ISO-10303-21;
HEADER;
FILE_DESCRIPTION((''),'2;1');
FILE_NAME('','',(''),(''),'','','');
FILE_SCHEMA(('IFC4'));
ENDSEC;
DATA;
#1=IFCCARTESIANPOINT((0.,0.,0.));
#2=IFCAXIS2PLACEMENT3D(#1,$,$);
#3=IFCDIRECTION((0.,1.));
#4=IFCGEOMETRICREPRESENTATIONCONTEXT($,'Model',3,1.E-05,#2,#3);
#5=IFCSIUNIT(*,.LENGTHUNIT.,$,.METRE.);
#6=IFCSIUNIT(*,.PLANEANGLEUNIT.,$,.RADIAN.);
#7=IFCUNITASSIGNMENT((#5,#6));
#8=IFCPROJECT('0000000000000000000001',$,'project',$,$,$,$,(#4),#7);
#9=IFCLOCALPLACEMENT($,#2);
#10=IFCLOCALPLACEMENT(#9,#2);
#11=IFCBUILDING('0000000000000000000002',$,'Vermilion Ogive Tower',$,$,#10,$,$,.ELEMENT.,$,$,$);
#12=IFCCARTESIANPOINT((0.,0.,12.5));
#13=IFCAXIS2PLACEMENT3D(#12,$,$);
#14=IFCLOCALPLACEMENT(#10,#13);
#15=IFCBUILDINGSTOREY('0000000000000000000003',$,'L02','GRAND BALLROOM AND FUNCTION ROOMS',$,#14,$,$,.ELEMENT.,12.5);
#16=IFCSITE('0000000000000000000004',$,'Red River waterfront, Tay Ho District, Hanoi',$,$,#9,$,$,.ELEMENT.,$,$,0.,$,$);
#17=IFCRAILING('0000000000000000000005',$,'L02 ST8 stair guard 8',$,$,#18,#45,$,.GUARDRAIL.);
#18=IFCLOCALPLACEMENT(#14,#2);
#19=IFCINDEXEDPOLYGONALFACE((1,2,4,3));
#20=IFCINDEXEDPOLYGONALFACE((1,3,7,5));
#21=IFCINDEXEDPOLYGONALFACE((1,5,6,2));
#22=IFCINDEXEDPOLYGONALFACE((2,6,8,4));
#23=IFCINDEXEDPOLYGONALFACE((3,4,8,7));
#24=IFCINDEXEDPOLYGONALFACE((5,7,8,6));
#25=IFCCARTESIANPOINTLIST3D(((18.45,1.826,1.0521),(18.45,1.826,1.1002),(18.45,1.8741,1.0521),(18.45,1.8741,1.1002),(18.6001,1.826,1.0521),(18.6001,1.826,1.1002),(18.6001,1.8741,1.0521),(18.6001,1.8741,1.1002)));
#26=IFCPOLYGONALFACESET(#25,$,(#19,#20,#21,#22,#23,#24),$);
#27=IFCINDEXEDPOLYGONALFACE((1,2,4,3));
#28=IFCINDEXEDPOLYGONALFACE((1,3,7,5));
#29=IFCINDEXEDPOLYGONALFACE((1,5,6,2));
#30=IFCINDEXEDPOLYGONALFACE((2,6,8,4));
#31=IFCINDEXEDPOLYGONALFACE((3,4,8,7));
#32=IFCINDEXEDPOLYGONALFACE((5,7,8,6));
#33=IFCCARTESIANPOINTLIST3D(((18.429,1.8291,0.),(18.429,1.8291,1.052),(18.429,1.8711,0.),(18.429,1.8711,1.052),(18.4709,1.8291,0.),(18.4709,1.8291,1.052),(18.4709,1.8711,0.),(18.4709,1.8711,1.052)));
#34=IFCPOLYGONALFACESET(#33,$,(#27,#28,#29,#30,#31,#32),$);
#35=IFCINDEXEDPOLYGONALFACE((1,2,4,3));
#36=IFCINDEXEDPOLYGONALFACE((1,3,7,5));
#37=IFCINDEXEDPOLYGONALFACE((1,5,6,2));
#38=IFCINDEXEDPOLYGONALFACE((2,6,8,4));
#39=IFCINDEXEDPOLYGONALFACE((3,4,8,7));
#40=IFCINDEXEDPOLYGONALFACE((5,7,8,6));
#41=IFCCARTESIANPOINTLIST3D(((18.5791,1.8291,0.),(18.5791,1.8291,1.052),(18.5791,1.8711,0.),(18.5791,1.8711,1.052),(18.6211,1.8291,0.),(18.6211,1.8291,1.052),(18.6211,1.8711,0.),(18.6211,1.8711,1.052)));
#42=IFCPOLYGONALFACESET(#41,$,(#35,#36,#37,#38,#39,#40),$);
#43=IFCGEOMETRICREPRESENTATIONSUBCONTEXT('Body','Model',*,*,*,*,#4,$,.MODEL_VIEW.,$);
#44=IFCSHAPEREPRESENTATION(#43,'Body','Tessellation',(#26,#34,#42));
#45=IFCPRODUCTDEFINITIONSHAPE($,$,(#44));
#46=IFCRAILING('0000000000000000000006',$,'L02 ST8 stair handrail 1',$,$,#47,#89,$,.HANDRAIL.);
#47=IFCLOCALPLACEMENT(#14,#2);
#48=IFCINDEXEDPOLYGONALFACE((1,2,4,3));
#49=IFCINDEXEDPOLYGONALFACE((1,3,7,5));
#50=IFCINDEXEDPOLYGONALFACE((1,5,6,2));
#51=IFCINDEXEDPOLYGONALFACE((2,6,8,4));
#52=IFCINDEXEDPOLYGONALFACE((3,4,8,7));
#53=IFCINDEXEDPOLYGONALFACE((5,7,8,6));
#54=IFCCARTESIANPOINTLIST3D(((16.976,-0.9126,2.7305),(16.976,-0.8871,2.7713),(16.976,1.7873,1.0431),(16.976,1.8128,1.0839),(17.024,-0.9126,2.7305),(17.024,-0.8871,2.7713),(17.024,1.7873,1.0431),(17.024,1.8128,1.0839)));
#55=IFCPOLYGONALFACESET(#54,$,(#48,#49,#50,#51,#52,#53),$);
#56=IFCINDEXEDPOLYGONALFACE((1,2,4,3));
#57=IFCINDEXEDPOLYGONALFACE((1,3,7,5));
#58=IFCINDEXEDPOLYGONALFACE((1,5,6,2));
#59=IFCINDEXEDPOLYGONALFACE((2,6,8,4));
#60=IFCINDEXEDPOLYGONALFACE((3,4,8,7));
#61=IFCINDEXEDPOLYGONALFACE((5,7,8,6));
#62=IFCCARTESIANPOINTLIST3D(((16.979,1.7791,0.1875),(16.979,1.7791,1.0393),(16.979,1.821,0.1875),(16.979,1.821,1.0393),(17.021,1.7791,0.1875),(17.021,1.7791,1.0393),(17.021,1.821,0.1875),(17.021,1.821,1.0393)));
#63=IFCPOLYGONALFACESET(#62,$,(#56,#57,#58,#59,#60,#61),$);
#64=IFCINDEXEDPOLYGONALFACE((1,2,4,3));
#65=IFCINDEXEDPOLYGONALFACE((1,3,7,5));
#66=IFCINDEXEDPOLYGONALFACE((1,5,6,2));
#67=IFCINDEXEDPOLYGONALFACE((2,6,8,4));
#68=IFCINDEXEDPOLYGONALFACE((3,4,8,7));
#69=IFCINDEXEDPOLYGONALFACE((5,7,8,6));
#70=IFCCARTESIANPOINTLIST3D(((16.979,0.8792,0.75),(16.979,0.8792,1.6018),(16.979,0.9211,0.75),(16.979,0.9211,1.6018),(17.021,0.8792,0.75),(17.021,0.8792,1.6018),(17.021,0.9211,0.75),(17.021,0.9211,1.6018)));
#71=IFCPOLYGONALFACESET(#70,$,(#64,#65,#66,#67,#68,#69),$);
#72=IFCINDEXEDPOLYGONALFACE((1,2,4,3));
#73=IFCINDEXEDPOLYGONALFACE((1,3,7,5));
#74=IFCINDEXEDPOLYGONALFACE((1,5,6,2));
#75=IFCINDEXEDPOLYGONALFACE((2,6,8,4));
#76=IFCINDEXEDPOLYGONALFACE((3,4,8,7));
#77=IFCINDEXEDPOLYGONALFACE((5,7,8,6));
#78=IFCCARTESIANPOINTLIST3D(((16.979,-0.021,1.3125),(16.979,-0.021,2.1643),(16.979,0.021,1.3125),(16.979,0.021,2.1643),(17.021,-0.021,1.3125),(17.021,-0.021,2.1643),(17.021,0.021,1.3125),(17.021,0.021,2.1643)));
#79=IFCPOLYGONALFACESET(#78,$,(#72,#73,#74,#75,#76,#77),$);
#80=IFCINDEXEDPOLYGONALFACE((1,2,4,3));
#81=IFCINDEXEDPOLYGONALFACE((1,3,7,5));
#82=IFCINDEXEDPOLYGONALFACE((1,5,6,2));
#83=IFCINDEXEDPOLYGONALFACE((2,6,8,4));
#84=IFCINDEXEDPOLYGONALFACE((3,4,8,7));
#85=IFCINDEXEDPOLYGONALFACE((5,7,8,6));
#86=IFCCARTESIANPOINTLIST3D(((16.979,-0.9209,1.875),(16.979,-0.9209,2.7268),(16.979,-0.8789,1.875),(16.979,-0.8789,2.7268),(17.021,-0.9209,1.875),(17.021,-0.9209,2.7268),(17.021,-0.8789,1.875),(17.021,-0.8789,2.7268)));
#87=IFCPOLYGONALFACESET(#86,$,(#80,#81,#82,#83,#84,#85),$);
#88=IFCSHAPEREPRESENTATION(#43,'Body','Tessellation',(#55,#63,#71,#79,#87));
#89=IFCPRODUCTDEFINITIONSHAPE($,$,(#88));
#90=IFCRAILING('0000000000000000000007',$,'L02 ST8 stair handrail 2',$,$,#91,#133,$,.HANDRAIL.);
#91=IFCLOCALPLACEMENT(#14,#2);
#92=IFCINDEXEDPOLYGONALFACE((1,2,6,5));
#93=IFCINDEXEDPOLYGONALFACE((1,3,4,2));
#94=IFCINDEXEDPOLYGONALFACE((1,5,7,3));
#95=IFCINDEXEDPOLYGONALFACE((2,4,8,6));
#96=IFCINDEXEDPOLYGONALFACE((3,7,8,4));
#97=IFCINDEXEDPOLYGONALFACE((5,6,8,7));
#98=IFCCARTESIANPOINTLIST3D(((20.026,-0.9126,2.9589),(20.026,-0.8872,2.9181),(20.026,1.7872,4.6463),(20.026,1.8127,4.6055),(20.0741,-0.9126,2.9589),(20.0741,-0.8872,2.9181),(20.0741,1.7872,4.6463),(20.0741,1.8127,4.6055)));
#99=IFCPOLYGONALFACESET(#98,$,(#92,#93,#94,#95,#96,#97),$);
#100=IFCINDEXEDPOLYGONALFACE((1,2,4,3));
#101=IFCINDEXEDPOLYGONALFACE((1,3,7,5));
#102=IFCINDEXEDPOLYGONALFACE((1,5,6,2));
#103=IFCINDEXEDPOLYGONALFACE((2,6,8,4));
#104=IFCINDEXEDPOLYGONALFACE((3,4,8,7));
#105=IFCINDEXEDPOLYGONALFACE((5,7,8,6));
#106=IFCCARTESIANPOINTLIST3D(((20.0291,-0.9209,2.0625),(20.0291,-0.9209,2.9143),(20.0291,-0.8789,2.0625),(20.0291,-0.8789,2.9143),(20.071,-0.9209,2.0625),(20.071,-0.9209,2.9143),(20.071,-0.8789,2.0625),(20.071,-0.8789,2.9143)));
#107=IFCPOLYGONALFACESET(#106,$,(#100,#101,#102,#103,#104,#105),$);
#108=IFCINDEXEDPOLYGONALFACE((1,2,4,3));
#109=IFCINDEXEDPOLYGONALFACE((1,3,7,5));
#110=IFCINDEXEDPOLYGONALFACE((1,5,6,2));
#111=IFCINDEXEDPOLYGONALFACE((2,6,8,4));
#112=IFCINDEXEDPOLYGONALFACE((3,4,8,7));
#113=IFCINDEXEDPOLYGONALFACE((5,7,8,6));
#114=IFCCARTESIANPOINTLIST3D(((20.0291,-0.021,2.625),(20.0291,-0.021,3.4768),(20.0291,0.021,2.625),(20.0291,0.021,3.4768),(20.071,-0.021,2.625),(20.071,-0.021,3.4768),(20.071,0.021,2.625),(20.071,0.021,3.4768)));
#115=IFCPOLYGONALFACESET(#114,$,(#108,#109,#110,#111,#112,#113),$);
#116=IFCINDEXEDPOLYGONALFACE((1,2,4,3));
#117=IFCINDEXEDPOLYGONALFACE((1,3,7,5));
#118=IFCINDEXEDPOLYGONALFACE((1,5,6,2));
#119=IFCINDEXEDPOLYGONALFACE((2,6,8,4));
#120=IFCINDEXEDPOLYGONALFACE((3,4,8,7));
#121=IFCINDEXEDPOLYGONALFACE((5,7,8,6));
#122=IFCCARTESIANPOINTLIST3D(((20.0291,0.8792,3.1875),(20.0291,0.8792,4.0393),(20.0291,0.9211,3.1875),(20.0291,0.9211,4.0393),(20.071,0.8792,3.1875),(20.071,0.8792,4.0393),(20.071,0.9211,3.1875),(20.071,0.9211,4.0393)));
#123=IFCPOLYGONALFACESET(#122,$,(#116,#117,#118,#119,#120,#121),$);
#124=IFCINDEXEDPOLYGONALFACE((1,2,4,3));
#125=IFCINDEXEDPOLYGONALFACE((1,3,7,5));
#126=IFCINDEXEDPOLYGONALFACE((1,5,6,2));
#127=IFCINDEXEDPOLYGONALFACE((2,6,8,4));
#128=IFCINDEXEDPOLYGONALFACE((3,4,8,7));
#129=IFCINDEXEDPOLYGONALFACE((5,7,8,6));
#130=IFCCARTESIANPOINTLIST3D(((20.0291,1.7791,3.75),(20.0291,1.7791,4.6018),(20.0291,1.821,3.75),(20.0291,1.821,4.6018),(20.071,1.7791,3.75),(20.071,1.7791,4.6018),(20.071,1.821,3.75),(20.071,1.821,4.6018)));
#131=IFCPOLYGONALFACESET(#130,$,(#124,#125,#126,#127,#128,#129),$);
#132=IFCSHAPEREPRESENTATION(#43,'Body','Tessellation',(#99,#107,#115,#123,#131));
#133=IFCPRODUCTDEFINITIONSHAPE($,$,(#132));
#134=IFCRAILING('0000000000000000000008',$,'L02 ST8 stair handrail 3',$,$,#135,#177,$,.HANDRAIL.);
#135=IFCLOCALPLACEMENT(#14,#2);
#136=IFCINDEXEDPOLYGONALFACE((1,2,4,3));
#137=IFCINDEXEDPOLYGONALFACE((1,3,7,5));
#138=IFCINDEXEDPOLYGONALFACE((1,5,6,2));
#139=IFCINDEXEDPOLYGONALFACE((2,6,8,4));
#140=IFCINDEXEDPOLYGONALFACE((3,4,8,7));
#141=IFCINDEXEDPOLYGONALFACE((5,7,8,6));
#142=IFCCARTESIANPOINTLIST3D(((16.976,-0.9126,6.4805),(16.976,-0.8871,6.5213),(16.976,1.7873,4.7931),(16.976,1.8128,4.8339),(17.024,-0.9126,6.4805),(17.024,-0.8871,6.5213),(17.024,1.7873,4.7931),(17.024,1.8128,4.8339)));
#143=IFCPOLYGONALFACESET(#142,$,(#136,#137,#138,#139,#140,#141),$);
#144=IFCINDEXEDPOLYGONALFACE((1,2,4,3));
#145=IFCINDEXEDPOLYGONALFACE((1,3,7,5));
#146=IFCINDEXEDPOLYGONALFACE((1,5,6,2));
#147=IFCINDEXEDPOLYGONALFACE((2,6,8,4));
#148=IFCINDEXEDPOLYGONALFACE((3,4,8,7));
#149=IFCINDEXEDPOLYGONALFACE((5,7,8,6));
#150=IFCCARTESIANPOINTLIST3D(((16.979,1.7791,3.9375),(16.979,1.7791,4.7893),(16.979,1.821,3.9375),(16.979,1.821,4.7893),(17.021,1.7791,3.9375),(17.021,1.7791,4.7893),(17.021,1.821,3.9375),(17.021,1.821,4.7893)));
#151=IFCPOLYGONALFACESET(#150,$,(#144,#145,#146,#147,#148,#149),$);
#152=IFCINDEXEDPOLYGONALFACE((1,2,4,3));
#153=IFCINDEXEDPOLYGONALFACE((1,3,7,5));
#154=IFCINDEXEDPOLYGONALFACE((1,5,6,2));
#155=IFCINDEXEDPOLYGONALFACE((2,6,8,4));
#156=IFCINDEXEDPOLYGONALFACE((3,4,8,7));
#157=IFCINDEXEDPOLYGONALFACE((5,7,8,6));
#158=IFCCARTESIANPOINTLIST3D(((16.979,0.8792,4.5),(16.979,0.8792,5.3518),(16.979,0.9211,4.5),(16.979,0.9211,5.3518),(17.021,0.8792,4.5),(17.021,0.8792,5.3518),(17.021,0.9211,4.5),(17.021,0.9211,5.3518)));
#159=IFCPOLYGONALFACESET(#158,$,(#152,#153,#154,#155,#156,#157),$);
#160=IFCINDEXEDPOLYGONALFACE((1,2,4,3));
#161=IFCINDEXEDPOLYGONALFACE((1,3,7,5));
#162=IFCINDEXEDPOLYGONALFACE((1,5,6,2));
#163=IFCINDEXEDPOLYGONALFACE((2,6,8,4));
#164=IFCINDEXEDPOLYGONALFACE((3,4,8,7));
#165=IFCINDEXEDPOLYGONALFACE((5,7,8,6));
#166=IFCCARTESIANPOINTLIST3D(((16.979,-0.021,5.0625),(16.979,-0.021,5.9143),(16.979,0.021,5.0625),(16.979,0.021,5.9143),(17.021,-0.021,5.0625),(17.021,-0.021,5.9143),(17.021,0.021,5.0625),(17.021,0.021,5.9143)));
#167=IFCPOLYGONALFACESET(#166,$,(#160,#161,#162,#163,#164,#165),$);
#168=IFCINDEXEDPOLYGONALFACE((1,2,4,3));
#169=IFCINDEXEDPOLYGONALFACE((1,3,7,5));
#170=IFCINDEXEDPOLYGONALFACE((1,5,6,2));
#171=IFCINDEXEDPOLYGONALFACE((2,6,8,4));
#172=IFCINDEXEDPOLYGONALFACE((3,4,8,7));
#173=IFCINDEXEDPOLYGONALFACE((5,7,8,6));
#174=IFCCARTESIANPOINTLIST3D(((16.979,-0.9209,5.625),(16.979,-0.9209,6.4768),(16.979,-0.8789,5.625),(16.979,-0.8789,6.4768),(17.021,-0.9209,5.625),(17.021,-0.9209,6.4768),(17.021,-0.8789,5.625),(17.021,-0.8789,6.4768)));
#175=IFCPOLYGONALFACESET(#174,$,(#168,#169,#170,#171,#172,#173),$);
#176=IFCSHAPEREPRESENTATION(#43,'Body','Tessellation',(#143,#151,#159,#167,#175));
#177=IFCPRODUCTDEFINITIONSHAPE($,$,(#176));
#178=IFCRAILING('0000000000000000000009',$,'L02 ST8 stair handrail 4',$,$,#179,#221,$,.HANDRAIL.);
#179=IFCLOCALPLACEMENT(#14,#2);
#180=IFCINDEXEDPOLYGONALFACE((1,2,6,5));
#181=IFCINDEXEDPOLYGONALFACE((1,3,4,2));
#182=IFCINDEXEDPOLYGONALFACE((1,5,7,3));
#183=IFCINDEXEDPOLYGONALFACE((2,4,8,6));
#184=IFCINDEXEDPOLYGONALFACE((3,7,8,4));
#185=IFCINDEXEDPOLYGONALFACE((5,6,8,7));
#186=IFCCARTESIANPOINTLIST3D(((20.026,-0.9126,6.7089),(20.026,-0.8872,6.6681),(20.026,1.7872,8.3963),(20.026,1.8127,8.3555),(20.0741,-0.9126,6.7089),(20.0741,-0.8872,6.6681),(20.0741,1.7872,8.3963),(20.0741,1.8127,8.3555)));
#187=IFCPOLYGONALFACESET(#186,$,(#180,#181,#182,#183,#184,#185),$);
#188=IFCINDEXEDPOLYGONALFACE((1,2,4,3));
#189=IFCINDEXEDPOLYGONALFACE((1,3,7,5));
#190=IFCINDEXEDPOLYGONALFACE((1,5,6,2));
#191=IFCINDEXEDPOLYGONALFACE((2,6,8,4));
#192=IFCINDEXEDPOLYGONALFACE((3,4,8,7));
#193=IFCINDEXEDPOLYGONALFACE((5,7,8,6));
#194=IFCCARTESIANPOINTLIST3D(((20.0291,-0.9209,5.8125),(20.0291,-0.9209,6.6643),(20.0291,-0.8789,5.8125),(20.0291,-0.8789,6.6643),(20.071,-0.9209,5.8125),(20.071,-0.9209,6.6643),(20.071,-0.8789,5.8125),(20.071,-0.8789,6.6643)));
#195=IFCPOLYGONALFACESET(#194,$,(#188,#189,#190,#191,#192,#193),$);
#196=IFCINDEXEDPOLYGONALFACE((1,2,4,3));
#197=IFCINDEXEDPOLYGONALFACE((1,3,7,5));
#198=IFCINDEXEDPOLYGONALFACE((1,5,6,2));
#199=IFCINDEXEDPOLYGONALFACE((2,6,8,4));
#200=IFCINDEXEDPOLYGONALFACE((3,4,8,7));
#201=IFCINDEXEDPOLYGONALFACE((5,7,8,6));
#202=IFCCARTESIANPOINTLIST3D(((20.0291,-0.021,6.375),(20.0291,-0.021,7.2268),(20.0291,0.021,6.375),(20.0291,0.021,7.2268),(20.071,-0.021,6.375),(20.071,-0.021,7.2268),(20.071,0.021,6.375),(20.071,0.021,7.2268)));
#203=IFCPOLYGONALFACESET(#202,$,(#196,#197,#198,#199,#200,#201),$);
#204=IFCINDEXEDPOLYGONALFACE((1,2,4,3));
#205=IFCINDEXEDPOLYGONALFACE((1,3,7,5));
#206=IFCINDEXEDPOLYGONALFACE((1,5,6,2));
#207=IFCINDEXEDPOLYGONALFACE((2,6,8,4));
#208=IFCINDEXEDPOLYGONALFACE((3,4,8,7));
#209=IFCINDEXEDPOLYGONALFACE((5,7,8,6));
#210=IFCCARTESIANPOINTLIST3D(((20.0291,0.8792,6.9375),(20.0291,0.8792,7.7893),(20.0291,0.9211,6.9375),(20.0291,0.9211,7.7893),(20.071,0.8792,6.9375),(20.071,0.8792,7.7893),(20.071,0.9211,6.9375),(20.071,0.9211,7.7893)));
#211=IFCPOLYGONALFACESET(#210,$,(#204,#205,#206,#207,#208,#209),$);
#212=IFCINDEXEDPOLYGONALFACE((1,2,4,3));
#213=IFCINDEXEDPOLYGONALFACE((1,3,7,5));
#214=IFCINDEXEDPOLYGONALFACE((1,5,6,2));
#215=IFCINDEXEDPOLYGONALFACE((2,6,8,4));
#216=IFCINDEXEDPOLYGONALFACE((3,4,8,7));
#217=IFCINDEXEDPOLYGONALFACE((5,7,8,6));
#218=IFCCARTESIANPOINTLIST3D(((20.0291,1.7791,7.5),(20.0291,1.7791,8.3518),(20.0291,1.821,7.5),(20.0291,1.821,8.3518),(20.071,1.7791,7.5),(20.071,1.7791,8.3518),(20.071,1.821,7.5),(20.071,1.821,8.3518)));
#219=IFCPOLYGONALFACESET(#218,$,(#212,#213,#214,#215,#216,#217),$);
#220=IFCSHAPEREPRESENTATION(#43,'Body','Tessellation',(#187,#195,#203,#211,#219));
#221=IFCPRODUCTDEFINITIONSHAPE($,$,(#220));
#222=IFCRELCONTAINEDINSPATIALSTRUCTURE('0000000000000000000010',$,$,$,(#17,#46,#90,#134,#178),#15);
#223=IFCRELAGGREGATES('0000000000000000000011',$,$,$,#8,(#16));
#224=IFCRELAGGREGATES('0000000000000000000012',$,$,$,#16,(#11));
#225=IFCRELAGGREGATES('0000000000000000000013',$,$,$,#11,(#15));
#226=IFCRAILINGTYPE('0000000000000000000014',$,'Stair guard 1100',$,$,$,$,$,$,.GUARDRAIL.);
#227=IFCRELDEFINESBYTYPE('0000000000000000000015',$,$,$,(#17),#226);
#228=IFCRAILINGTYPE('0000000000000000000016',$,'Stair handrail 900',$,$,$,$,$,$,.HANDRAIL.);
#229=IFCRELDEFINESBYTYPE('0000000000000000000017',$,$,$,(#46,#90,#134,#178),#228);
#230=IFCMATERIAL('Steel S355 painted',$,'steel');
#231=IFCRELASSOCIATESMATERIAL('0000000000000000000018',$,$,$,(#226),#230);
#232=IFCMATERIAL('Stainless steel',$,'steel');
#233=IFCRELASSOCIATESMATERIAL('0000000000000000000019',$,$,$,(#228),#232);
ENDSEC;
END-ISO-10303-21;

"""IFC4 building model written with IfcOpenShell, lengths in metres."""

from ifc_helpers import new_model, si_unit, direction, frame, origin, origin_2d, place, context, subcontext, project, spatial, rectangle, extrude, material, type_object, element, save


model = new_model("IFC4")

# Units and contexts
model_context = context("Model", 3, precision=1e-05, world=origin(), true_north=direction((0.0, 1.0)))
body_context = subcontext(model_context, "Body", "Model", "MODEL_VIEW")
ifc_project = project(units=[si_unit("LENGTHUNIT", "METRE"), si_unit("PLANEANGLEUNIT", "RADIAN")], contexts=[model_context])

# Site, building, storey
site_placement = place(None, origin())
site = spatial("IfcSite", under=ifc_project, at=site_placement, Name="Red River waterfront, Tay Ho District, Hanoi", CompositionType="ELEMENT", RefElevation=0.0)
building_placement = place(site_placement, origin())
building = spatial("IfcBuilding", under=site, at=building_placement, Name="Vermilion Ogive Tower", CompositionType="ELEMENT")
storey_placement = place(building_placement, frame((0.0, 0.0, 12.5)))
storey = spatial("IfcBuildingStorey", under=building, at=storey_placement, Name="L02", Description="GRAND BALLROOM AND FUNCTION ROOMS", CompositionType="ELEMENT", Elevation=12.5)

# Railings
ifc_material_1 = material(Name="Steel S355 painted", Category="steel")
railing_type_1 = type_object("IfcRailingType", Name="Stair guard 1100", PredefinedType="GUARDRAIL", material=ifc_material_1)
railing_1_placement = place(storey_placement, frame((18.45, 1.8501, 0.0)))
element("IfcRailing", 1, at=railing_1_placement, inside=storey, type_object=railing_type_1, Name="L02 ST8 stair guard 8", PredefinedType="GUARDRAIL", context=body_context, shape_type="SweptSolid", body=[
    extrude(rectangle(XDim=0.0481, YDim=0.0481, at=origin_2d()), frame((0.0, 0.0, 1.0762), z_axis=(1.0, 0.0, 0.0), x_axis=(0.0, 1.0, 0.0)), (0.0, 0.0, 1.0), 0.1501),
    extrude(rectangle(XDim=0.042, YDim=0.042, at=origin_2d()), origin(), (0.0, 0.0, 1.0), 1.052),
    extrude(rectangle(XDim=0.042, YDim=0.042, at=origin_2d()), frame((0.1501, 0.0, 0.0)), (0.0, 0.0, 1.0), 1.052),
])
ifc_material_2 = material(Name="Stainless steel", Category="steel")
railing_type_2 = type_object("IfcRailingType", Name="Stair handrail 900", PredefinedType="HANDRAIL", material=ifc_material_2)
railing_2_placement = place(storey_placement, frame((17.0, 1.8, 0.1875)))
element("IfcRailing", 2, at=railing_2_placement, inside=storey, type_object=railing_type_2, Name="L02 ST8 stair handrail 1", PredefinedType="HANDRAIL", context=body_context, shape_type="SweptSolid", body=[
    extrude(rectangle(XDim=0.0481, YDim=0.0481, at=origin_2d()), frame((0.0, 0.0, 0.876), z_axis=(0.0, -0.847994, 0.530006), x_axis=(1.0, 0.0, 0.0)), (0.0, 0.0, 1.0), 3.1838),
    extrude(rectangle(XDim=0.042, YDim=0.042, at=origin_2d()), origin(), (0.0, 0.0, 1.0), 0.8518),
    extrude(rectangle(XDim=0.042, YDim=0.042, at=origin_2d()), frame((0.0, -0.8999, 0.5625)), (0.0, 0.0, 1.0), 0.8518),
    extrude(rectangle(XDim=0.042, YDim=0.042, at=origin_2d()), frame((0.0, -1.8, 1.125)), (0.0, 0.0, 1.0), 0.8518),
    extrude(rectangle(XDim=0.042, YDim=0.042, at=origin_2d()), frame((0.0, -2.7, 1.6875)), (0.0, 0.0, 1.0), 0.8518),
])
railing_3_placement = place(storey_placement, frame((20.05, -0.8999, 2.0625)))
element("IfcRailing", 3, at=railing_3_placement, inside=storey, type_object=railing_type_2, Name="L02 ST8 stair handrail 2", PredefinedType="HANDRAIL", context=body_context, shape_type="SweptSolid", body=[
    extrude(rectangle(XDim=0.0481, YDim=0.0481, at=origin_2d()), frame((0.0, 0.0, 0.876), z_axis=(0.0, 0.847994, 0.530006), x_axis=(-1.0, 0.0, 0.0)), (0.0, 0.0, 1.0), 3.1838),
    extrude(rectangle(XDim=0.042, YDim=0.042, at=origin_2d()), origin(), (0.0, 0.0, 1.0), 0.8518),
    extrude(rectangle(XDim=0.042, YDim=0.042, at=origin_2d()), frame((0.0, 0.8999, 0.5625)), (0.0, 0.0, 1.0), 0.8518),
    extrude(rectangle(XDim=0.042, YDim=0.042, at=origin_2d()), frame((0.0, 1.8, 1.125)), (0.0, 0.0, 1.0), 0.8518),
    extrude(rectangle(XDim=0.042, YDim=0.042, at=origin_2d()), frame((0.0, 2.7, 1.6875)), (0.0, 0.0, 1.0), 0.8518),
])
railing_4_placement = place(storey_placement, frame((17.0, 1.8, 3.9375)))
element("IfcRailing", 4, at=railing_4_placement, inside=storey, type_object=railing_type_2, Name="L02 ST8 stair handrail 3", PredefinedType="HANDRAIL", context=body_context, shape_type="SweptSolid", body=[
    extrude(rectangle(XDim=0.0481, YDim=0.0481, at=origin_2d()), frame((0.0, 0.0, 0.876), z_axis=(0.0, -0.847994, 0.530006), x_axis=(1.0, 0.0, 0.0)), (0.0, 0.0, 1.0), 3.1838),
    extrude(rectangle(XDim=0.042, YDim=0.042, at=origin_2d()), origin(), (0.0, 0.0, 1.0), 0.8518),
    extrude(rectangle(XDim=0.042, YDim=0.042, at=origin_2d()), frame((0.0, -0.8999, 0.5625)), (0.0, 0.0, 1.0), 0.8518),
    extrude(rectangle(XDim=0.042, YDim=0.042, at=origin_2d()), frame((0.0, -1.8, 1.125)), (0.0, 0.0, 1.0), 0.8518),
    extrude(rectangle(XDim=0.042, YDim=0.042, at=origin_2d()), frame((0.0, -2.7, 1.6875)), (0.0, 0.0, 1.0), 0.8518),
])
railing_5_placement = place(storey_placement, frame((20.05, -0.8999, 5.8125)))
element("IfcRailing", 5, at=railing_5_placement, inside=storey, type_object=railing_type_2, Name="L02 ST8 stair handrail 4", PredefinedType="HANDRAIL", context=body_context, shape_type="SweptSolid", body=[
    extrude(rectangle(XDim=0.0481, YDim=0.0481, at=origin_2d()), frame((0.0, 0.0, 0.876), z_axis=(0.0, 0.847994, 0.530006), x_axis=(-1.0, 0.0, 0.0)), (0.0, 0.0, 1.0), 3.1838),
    extrude(rectangle(XDim=0.042, YDim=0.042, at=origin_2d()), origin(), (0.0, 0.0, 1.0), 0.8518),
    extrude(rectangle(XDim=0.042, YDim=0.042, at=origin_2d()), frame((0.0, 0.8999, 0.5625)), (0.0, 0.0, 1.0), 0.8518),
    extrude(rectangle(XDim=0.042, YDim=0.042, at=origin_2d()), frame((0.0, 1.8, 1.125)), (0.0, 0.0, 1.0), 0.8518),
    extrude(rectangle(XDim=0.042, YDim=0.042, at=origin_2d()), frame((0.0, 2.7, 1.6875)), (0.0, 0.0, 1.0), 0.8518),
])

save(model, "model.ifc")
